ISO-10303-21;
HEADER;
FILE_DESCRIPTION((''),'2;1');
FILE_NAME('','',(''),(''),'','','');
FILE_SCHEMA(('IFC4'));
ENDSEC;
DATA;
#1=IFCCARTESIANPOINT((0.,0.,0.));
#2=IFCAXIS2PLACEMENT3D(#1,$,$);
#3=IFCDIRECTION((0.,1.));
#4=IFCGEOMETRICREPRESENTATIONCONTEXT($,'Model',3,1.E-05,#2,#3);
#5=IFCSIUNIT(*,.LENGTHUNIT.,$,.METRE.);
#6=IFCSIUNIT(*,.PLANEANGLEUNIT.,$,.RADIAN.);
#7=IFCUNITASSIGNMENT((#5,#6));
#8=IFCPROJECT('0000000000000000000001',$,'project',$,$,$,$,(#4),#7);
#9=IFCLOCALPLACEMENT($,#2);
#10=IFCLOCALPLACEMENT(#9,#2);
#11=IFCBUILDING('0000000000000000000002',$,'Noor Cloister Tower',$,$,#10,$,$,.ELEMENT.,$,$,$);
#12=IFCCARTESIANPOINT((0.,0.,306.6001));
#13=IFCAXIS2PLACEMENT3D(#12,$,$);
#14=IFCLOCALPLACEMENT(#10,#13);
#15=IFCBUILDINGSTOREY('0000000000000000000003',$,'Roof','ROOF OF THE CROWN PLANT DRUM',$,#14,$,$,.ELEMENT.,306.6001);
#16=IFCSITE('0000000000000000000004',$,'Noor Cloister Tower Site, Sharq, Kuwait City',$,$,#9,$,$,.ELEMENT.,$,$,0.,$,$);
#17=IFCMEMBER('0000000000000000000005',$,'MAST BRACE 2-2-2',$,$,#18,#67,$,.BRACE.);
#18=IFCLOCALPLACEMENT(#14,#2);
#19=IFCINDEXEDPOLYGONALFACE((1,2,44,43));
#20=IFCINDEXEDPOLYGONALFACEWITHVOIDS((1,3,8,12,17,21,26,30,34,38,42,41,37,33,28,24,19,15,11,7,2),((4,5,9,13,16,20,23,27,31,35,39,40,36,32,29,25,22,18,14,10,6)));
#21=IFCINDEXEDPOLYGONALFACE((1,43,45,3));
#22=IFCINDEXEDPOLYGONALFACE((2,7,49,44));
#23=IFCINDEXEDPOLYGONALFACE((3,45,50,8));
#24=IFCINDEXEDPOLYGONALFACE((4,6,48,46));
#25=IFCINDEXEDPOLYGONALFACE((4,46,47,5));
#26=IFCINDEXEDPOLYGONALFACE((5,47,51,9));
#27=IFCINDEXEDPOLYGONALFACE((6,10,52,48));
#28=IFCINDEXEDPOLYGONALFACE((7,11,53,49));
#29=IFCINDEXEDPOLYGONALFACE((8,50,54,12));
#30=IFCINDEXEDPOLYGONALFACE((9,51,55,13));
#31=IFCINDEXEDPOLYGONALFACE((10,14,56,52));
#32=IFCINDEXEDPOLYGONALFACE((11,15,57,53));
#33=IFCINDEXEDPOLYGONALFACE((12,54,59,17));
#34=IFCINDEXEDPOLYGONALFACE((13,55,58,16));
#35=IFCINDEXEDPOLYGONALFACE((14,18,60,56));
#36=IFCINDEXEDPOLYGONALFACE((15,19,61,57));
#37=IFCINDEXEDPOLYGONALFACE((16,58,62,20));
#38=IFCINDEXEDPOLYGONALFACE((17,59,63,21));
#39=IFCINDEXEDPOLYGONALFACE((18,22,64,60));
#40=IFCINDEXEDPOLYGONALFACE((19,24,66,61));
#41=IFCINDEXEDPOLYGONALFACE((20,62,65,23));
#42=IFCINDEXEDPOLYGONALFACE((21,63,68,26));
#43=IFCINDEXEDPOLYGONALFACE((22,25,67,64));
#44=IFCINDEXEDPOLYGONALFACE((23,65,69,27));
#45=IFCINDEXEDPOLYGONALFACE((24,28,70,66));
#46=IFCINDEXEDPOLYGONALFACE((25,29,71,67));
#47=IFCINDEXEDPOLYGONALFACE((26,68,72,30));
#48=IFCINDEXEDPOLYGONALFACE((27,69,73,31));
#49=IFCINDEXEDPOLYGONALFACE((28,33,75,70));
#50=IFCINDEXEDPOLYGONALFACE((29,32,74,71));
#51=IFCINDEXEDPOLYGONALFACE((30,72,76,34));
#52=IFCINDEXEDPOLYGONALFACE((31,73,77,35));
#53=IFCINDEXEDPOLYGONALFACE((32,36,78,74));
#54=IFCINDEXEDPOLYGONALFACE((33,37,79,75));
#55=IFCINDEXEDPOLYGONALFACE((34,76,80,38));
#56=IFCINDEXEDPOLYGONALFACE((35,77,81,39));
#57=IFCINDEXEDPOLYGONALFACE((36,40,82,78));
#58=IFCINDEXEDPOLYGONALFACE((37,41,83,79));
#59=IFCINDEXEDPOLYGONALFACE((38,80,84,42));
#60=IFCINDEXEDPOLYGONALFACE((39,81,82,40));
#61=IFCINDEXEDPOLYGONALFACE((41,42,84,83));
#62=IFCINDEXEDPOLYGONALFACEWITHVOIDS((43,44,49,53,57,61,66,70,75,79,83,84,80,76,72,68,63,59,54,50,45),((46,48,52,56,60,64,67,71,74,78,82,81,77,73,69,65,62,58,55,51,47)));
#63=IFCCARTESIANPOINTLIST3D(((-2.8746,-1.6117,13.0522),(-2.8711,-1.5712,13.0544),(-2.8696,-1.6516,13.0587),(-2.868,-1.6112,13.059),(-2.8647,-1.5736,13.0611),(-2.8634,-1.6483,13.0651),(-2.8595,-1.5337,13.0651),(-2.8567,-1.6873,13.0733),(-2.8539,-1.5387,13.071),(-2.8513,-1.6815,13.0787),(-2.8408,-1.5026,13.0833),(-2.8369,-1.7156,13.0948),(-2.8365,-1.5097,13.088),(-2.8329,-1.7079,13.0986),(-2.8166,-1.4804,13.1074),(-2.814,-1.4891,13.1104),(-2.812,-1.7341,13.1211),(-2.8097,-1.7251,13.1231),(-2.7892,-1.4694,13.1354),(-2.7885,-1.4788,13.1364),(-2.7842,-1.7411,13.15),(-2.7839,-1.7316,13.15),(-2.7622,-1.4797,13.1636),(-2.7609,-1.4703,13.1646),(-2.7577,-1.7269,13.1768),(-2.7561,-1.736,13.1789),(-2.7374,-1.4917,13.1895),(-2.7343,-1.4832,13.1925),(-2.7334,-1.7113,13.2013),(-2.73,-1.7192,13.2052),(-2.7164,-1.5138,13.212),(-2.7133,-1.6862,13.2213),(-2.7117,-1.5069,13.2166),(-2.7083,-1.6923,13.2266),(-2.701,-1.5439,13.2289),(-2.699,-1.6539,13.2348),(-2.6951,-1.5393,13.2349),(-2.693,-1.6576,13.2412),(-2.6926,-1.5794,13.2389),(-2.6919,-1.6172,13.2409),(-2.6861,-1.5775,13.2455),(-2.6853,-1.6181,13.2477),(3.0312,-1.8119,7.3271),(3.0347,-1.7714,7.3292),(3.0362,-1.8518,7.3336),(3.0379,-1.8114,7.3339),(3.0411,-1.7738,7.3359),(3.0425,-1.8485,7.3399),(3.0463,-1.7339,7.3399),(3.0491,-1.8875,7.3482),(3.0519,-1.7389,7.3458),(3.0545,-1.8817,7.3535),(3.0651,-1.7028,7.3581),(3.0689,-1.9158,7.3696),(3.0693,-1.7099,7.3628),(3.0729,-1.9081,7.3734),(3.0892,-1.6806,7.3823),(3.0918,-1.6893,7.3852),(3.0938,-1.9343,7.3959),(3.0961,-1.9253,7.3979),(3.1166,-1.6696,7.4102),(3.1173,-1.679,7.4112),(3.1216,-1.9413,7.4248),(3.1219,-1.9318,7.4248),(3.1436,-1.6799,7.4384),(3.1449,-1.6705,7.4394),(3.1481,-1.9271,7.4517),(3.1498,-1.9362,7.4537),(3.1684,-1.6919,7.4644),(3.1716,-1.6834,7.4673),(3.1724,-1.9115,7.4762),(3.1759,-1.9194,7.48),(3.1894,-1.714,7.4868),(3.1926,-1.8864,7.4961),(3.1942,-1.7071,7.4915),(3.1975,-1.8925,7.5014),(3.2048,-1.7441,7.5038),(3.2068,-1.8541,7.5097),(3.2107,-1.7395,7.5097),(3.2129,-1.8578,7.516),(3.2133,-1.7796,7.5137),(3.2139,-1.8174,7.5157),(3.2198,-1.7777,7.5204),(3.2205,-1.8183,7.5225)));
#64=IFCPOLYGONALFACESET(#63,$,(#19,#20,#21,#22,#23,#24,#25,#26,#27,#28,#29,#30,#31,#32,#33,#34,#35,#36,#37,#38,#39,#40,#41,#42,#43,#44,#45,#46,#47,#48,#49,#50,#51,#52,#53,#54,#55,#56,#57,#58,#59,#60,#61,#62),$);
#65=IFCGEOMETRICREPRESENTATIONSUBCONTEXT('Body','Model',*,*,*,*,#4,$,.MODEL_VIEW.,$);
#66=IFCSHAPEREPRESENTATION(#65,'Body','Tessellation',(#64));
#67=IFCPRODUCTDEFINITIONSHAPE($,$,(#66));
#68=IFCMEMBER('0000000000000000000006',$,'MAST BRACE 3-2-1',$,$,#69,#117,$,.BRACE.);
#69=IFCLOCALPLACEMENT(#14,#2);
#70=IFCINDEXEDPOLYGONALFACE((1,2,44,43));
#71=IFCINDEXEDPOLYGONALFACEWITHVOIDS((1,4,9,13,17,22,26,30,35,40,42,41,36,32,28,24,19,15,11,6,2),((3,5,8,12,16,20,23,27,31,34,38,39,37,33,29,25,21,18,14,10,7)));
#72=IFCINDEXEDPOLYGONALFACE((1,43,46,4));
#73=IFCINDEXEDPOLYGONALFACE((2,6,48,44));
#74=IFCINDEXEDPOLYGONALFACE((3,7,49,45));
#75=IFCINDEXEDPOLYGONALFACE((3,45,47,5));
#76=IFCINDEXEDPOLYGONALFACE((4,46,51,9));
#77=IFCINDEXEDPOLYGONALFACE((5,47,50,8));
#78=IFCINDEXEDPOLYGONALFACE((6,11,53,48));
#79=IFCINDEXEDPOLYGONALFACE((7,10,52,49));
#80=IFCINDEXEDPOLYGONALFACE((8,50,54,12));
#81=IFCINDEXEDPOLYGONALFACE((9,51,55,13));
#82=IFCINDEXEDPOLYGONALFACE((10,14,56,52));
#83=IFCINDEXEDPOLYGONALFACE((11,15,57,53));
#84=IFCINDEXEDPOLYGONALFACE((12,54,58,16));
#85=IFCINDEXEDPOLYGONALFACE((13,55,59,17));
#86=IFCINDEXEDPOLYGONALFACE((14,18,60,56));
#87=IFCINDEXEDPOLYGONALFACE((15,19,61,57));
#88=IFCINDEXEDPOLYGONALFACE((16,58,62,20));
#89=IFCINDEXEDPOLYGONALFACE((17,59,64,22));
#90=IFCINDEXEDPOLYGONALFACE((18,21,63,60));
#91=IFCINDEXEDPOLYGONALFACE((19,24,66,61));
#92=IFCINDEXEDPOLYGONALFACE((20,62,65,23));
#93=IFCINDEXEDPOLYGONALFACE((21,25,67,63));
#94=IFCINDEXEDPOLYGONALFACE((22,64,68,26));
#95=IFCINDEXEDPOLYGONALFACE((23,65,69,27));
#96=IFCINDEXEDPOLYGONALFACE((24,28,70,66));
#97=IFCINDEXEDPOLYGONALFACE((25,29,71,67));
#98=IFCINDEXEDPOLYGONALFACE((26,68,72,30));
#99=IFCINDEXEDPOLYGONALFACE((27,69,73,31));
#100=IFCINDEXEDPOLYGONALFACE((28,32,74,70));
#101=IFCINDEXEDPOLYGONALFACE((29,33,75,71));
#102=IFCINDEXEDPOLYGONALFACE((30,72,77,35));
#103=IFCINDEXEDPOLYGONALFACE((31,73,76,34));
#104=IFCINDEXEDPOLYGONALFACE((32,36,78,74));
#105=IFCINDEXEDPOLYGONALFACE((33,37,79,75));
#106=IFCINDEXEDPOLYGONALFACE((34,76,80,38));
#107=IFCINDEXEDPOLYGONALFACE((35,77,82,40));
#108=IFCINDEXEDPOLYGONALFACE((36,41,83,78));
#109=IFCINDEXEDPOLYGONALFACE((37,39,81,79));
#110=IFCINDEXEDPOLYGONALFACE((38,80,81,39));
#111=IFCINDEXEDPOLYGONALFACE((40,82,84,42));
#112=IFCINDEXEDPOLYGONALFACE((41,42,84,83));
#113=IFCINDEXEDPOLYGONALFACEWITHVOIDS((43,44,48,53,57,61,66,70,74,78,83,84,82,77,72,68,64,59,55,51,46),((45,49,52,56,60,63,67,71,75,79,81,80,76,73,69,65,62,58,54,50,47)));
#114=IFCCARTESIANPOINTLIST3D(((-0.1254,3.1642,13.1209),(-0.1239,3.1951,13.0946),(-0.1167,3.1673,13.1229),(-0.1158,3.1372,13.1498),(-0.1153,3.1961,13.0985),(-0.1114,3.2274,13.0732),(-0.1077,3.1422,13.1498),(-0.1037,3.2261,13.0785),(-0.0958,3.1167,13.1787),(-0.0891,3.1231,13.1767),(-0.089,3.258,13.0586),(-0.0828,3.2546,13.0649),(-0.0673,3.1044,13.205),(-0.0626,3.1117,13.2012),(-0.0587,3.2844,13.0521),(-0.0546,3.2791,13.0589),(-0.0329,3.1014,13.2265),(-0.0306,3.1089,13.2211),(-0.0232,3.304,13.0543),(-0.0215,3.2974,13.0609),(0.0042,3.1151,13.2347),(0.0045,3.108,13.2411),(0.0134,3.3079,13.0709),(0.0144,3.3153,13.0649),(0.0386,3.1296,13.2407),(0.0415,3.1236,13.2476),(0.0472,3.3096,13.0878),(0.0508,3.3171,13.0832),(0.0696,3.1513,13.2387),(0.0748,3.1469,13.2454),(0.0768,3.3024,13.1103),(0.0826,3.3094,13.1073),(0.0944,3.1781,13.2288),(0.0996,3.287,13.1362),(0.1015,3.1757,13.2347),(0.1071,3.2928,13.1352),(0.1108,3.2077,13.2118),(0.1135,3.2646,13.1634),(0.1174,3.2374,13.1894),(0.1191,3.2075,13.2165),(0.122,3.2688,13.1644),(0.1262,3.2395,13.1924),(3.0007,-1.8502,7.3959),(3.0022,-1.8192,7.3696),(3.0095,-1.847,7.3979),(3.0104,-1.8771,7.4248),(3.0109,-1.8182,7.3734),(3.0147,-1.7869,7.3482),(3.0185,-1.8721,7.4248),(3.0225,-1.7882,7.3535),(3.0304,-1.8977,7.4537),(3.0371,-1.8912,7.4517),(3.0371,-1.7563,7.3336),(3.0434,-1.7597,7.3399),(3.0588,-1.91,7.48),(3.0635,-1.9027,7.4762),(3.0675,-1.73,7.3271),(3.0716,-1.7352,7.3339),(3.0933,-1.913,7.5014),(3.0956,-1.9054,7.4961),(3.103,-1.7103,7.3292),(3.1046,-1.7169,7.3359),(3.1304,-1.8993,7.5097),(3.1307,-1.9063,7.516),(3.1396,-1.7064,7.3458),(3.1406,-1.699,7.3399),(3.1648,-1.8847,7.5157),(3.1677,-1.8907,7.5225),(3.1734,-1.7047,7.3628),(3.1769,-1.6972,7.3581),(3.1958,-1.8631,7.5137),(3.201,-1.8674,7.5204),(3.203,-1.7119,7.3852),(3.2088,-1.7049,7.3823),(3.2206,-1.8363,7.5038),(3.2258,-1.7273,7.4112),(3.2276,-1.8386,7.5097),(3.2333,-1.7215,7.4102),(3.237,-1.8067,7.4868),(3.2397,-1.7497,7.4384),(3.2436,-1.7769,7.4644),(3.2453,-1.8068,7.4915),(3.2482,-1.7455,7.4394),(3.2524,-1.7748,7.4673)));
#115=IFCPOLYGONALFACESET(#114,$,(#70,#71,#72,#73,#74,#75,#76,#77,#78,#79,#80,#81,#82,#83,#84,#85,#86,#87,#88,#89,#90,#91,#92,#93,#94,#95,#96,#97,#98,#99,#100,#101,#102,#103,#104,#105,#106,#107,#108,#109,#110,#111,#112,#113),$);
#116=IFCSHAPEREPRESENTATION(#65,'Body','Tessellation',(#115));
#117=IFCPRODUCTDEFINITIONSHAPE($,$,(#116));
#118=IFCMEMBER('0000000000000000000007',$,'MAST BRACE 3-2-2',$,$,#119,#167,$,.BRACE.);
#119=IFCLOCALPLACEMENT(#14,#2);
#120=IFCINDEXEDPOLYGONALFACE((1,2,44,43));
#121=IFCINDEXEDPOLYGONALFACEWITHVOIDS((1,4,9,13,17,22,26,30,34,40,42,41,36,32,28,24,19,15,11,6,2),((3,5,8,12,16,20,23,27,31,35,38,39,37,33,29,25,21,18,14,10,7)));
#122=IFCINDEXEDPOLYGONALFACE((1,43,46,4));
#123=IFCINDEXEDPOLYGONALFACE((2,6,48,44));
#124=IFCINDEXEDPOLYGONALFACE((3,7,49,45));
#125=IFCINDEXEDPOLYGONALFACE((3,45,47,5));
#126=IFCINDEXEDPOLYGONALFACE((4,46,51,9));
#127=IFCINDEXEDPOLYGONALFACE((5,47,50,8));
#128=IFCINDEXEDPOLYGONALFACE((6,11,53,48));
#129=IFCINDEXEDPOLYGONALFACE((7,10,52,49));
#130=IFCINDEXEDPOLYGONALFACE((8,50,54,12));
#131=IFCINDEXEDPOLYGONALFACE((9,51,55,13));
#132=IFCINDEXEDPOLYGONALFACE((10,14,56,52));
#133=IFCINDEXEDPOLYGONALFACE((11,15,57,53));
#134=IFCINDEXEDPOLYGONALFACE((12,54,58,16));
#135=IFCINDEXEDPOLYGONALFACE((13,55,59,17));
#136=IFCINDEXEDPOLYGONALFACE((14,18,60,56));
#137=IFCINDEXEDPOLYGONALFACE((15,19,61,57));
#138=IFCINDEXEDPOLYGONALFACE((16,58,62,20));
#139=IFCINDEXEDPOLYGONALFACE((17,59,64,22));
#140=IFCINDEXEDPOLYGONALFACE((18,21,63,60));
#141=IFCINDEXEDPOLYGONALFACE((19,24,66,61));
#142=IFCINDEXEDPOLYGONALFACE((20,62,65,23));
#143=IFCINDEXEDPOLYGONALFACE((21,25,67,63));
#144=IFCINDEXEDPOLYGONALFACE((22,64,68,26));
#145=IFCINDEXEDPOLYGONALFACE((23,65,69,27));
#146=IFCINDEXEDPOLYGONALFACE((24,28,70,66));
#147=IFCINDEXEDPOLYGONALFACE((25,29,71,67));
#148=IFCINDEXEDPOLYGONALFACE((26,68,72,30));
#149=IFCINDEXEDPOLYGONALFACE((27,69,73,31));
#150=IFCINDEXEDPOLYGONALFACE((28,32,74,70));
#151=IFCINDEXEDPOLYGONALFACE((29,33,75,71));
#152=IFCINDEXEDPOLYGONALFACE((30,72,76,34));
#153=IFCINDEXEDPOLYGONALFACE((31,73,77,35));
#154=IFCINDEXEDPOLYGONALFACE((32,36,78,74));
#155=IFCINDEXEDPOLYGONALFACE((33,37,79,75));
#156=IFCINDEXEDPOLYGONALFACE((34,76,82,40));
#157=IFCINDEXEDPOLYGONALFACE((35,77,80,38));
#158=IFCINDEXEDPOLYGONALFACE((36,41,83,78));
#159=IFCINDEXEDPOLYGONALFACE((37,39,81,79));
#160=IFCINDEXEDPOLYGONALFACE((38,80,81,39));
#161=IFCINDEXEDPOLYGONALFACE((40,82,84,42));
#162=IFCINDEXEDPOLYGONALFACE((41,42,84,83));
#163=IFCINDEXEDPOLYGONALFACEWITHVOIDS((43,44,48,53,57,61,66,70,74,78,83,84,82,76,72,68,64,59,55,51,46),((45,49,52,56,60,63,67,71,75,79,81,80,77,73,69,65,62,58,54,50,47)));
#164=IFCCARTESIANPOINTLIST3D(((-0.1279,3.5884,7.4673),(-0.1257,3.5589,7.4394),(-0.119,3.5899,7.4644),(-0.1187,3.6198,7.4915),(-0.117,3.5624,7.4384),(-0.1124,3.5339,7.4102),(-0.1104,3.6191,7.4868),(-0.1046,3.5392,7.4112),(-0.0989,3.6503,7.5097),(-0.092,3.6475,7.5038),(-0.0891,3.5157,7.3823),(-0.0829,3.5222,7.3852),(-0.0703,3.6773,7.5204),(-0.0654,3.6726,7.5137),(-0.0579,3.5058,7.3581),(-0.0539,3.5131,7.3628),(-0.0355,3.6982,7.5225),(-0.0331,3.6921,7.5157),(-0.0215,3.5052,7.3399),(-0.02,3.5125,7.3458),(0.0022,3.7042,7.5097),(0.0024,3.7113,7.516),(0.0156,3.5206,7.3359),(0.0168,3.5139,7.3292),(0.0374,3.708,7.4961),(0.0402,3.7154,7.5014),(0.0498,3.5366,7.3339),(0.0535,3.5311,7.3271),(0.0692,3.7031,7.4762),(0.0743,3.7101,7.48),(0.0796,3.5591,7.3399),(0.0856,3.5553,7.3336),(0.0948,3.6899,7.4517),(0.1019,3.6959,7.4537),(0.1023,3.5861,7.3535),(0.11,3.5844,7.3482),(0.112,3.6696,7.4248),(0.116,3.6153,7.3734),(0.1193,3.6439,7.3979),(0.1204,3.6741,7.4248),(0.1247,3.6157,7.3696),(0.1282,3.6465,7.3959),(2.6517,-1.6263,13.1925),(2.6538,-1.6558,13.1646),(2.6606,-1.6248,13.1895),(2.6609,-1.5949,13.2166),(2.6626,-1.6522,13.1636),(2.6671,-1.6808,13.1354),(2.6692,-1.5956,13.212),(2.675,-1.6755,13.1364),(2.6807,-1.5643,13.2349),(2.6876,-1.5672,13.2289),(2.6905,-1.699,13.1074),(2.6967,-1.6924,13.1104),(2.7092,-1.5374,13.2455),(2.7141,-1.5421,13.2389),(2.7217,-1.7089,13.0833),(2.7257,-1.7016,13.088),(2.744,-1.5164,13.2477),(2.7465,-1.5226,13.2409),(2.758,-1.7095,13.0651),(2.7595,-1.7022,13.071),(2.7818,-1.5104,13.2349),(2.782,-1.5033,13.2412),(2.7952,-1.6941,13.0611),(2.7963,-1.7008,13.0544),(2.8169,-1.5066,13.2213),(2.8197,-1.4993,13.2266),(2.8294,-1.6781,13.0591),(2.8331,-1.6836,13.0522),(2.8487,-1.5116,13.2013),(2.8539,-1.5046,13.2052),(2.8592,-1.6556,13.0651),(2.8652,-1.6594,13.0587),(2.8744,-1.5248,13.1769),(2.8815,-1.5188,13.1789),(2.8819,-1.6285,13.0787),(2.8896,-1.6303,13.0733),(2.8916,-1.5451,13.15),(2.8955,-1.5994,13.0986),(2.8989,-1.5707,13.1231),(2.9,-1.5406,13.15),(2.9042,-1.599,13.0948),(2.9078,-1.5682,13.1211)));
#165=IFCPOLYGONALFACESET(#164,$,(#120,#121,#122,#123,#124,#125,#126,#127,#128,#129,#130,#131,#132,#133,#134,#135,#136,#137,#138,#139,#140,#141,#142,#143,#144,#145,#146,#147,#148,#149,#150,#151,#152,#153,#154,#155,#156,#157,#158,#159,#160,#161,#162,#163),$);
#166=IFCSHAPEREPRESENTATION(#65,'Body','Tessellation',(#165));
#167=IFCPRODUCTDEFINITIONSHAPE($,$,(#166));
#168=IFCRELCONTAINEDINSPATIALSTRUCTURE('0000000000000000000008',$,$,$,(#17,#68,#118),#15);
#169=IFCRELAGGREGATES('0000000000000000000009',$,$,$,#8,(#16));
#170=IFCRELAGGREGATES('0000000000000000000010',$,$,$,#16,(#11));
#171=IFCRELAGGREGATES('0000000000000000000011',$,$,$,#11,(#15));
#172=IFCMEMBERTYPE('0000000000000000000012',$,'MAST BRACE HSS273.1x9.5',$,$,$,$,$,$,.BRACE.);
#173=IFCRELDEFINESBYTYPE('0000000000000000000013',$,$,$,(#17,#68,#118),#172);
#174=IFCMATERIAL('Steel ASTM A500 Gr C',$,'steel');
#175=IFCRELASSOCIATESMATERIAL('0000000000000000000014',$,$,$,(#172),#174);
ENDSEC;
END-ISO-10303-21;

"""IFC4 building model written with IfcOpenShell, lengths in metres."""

from ifc_helpers import new_model, si_unit, direction, frame, origin, origin_2d, place, context, subcontext, project, spatial, hollow_circle, extrude, material, material_profile, profile_set, type_object, element, save


model = new_model("IFC4")

# Units and contexts
model_context = context("Model", 3, precision=1e-05, world=origin(), true_north=direction((0.0, 1.0)))
body_context = subcontext(model_context, "Body", "Model", "MODEL_VIEW")
ifc_project = project(units=[si_unit("LENGTHUNIT", "METRE"), si_unit("PLANEANGLEUNIT", "RADIAN")], contexts=[model_context])

# Site, building, storey
site_placement = place(None, origin())
site = spatial("IfcSite", under=ifc_project, at=site_placement, Name="Noor Cloister Tower Site, Sharq, Kuwait City", CompositionType="ELEMENT", RefElevation=0.0)
building_placement = place(site_placement, origin())
building = spatial("IfcBuilding", under=site, at=building_placement, Name="Noor Cloister Tower", CompositionType="ELEMENT")
storey_placement = place(building_placement, frame((0.0, 0.0, 306.6001)))
storey = spatial("IfcBuildingStorey", under=building, at=storey_placement, Name="Roof", Description="ROOF OF THE CROWN PLANT DRUM", CompositionType="ELEMENT", Elevation=306.6001)

# Members
ifc_material_1 = material(Name="Steel ASTM A500 Gr C", Category="steel")
ifc_material_profile_1 = material_profile(ifc_material_1, hollow_circle(Radius=0.1365, WallThickness=0.0095, at=origin_2d()), Name="HSS273.1x9.5")
ifc_profile_set_1 = profile_set([ifc_material_profile_1], Name="Steel ASTM A500 Gr C")
member_type_1 = type_object("IfcMemberType", Name="MAST BRACE HSS273.1x9.5", PredefinedType="BRACE", material=ifc_profile_set_1)
for number, where, z_axis, x_axis, name in (
    (1, (3.1262, -1.8049, 7.4248), (-0.717791, 0.024332, 0.695833), (-0.033879, -0.999426, 0.0), "MAST BRACE 2-2-2"),
):
    element("IfcMember", number, at=place(storey_placement, frame(where, z_axis=z_axis, x_axis=x_axis)), inside=storey, type_object=member_type_1, Name=name, PredefinedType="BRACE", context=body_context, shape_type="SweptSolid", body=[
        extrude(hollow_circle(Radius=0.1365, WallThickness=0.0095, at=origin_2d()), origin(), (0.0, 0.0, 1.0), 8.2278),
    ])
member_1_placement = place(storey_placement, frame((3.1262, -1.8049, 7.4248), z_axis=(-0.379965, 0.609458, 0.695836), x_axis=(-0.84859, -0.529052, 0.0)))
element("IfcMember", 2, at=member_1_placement, inside=storey, type_object=member_type_1, Name="MAST BRACE 3-2-1", PredefinedType="BRACE", context=body_context, shape_type="SweptSolid", body=[
    extrude(hollow_circle(Radius=0.1365, WallThickness=0.0095, at=origin_2d()), origin(), (0.0, 0.0, 1.0), 8.2275),
])
member_2_placement = place(storey_placement, frame((0.0, 3.6099, 7.4248), z_axis=(0.337828, -0.633788, 0.695834), x_axis=(0.882464, 0.47038, 0.0)))
element("IfcMember", 3, at=member_2_placement, inside=storey, type_object=member_type_1, Name="MAST BRACE 3-2-2", PredefinedType="BRACE", context=body_context, shape_type="SweptSolid", body=[
    extrude(hollow_circle(Radius=0.1365, WallThickness=0.0095, at=origin_2d()), origin(), (0.0, 0.0, 1.0), 8.2278),
])

save(model, "model.ifc")
